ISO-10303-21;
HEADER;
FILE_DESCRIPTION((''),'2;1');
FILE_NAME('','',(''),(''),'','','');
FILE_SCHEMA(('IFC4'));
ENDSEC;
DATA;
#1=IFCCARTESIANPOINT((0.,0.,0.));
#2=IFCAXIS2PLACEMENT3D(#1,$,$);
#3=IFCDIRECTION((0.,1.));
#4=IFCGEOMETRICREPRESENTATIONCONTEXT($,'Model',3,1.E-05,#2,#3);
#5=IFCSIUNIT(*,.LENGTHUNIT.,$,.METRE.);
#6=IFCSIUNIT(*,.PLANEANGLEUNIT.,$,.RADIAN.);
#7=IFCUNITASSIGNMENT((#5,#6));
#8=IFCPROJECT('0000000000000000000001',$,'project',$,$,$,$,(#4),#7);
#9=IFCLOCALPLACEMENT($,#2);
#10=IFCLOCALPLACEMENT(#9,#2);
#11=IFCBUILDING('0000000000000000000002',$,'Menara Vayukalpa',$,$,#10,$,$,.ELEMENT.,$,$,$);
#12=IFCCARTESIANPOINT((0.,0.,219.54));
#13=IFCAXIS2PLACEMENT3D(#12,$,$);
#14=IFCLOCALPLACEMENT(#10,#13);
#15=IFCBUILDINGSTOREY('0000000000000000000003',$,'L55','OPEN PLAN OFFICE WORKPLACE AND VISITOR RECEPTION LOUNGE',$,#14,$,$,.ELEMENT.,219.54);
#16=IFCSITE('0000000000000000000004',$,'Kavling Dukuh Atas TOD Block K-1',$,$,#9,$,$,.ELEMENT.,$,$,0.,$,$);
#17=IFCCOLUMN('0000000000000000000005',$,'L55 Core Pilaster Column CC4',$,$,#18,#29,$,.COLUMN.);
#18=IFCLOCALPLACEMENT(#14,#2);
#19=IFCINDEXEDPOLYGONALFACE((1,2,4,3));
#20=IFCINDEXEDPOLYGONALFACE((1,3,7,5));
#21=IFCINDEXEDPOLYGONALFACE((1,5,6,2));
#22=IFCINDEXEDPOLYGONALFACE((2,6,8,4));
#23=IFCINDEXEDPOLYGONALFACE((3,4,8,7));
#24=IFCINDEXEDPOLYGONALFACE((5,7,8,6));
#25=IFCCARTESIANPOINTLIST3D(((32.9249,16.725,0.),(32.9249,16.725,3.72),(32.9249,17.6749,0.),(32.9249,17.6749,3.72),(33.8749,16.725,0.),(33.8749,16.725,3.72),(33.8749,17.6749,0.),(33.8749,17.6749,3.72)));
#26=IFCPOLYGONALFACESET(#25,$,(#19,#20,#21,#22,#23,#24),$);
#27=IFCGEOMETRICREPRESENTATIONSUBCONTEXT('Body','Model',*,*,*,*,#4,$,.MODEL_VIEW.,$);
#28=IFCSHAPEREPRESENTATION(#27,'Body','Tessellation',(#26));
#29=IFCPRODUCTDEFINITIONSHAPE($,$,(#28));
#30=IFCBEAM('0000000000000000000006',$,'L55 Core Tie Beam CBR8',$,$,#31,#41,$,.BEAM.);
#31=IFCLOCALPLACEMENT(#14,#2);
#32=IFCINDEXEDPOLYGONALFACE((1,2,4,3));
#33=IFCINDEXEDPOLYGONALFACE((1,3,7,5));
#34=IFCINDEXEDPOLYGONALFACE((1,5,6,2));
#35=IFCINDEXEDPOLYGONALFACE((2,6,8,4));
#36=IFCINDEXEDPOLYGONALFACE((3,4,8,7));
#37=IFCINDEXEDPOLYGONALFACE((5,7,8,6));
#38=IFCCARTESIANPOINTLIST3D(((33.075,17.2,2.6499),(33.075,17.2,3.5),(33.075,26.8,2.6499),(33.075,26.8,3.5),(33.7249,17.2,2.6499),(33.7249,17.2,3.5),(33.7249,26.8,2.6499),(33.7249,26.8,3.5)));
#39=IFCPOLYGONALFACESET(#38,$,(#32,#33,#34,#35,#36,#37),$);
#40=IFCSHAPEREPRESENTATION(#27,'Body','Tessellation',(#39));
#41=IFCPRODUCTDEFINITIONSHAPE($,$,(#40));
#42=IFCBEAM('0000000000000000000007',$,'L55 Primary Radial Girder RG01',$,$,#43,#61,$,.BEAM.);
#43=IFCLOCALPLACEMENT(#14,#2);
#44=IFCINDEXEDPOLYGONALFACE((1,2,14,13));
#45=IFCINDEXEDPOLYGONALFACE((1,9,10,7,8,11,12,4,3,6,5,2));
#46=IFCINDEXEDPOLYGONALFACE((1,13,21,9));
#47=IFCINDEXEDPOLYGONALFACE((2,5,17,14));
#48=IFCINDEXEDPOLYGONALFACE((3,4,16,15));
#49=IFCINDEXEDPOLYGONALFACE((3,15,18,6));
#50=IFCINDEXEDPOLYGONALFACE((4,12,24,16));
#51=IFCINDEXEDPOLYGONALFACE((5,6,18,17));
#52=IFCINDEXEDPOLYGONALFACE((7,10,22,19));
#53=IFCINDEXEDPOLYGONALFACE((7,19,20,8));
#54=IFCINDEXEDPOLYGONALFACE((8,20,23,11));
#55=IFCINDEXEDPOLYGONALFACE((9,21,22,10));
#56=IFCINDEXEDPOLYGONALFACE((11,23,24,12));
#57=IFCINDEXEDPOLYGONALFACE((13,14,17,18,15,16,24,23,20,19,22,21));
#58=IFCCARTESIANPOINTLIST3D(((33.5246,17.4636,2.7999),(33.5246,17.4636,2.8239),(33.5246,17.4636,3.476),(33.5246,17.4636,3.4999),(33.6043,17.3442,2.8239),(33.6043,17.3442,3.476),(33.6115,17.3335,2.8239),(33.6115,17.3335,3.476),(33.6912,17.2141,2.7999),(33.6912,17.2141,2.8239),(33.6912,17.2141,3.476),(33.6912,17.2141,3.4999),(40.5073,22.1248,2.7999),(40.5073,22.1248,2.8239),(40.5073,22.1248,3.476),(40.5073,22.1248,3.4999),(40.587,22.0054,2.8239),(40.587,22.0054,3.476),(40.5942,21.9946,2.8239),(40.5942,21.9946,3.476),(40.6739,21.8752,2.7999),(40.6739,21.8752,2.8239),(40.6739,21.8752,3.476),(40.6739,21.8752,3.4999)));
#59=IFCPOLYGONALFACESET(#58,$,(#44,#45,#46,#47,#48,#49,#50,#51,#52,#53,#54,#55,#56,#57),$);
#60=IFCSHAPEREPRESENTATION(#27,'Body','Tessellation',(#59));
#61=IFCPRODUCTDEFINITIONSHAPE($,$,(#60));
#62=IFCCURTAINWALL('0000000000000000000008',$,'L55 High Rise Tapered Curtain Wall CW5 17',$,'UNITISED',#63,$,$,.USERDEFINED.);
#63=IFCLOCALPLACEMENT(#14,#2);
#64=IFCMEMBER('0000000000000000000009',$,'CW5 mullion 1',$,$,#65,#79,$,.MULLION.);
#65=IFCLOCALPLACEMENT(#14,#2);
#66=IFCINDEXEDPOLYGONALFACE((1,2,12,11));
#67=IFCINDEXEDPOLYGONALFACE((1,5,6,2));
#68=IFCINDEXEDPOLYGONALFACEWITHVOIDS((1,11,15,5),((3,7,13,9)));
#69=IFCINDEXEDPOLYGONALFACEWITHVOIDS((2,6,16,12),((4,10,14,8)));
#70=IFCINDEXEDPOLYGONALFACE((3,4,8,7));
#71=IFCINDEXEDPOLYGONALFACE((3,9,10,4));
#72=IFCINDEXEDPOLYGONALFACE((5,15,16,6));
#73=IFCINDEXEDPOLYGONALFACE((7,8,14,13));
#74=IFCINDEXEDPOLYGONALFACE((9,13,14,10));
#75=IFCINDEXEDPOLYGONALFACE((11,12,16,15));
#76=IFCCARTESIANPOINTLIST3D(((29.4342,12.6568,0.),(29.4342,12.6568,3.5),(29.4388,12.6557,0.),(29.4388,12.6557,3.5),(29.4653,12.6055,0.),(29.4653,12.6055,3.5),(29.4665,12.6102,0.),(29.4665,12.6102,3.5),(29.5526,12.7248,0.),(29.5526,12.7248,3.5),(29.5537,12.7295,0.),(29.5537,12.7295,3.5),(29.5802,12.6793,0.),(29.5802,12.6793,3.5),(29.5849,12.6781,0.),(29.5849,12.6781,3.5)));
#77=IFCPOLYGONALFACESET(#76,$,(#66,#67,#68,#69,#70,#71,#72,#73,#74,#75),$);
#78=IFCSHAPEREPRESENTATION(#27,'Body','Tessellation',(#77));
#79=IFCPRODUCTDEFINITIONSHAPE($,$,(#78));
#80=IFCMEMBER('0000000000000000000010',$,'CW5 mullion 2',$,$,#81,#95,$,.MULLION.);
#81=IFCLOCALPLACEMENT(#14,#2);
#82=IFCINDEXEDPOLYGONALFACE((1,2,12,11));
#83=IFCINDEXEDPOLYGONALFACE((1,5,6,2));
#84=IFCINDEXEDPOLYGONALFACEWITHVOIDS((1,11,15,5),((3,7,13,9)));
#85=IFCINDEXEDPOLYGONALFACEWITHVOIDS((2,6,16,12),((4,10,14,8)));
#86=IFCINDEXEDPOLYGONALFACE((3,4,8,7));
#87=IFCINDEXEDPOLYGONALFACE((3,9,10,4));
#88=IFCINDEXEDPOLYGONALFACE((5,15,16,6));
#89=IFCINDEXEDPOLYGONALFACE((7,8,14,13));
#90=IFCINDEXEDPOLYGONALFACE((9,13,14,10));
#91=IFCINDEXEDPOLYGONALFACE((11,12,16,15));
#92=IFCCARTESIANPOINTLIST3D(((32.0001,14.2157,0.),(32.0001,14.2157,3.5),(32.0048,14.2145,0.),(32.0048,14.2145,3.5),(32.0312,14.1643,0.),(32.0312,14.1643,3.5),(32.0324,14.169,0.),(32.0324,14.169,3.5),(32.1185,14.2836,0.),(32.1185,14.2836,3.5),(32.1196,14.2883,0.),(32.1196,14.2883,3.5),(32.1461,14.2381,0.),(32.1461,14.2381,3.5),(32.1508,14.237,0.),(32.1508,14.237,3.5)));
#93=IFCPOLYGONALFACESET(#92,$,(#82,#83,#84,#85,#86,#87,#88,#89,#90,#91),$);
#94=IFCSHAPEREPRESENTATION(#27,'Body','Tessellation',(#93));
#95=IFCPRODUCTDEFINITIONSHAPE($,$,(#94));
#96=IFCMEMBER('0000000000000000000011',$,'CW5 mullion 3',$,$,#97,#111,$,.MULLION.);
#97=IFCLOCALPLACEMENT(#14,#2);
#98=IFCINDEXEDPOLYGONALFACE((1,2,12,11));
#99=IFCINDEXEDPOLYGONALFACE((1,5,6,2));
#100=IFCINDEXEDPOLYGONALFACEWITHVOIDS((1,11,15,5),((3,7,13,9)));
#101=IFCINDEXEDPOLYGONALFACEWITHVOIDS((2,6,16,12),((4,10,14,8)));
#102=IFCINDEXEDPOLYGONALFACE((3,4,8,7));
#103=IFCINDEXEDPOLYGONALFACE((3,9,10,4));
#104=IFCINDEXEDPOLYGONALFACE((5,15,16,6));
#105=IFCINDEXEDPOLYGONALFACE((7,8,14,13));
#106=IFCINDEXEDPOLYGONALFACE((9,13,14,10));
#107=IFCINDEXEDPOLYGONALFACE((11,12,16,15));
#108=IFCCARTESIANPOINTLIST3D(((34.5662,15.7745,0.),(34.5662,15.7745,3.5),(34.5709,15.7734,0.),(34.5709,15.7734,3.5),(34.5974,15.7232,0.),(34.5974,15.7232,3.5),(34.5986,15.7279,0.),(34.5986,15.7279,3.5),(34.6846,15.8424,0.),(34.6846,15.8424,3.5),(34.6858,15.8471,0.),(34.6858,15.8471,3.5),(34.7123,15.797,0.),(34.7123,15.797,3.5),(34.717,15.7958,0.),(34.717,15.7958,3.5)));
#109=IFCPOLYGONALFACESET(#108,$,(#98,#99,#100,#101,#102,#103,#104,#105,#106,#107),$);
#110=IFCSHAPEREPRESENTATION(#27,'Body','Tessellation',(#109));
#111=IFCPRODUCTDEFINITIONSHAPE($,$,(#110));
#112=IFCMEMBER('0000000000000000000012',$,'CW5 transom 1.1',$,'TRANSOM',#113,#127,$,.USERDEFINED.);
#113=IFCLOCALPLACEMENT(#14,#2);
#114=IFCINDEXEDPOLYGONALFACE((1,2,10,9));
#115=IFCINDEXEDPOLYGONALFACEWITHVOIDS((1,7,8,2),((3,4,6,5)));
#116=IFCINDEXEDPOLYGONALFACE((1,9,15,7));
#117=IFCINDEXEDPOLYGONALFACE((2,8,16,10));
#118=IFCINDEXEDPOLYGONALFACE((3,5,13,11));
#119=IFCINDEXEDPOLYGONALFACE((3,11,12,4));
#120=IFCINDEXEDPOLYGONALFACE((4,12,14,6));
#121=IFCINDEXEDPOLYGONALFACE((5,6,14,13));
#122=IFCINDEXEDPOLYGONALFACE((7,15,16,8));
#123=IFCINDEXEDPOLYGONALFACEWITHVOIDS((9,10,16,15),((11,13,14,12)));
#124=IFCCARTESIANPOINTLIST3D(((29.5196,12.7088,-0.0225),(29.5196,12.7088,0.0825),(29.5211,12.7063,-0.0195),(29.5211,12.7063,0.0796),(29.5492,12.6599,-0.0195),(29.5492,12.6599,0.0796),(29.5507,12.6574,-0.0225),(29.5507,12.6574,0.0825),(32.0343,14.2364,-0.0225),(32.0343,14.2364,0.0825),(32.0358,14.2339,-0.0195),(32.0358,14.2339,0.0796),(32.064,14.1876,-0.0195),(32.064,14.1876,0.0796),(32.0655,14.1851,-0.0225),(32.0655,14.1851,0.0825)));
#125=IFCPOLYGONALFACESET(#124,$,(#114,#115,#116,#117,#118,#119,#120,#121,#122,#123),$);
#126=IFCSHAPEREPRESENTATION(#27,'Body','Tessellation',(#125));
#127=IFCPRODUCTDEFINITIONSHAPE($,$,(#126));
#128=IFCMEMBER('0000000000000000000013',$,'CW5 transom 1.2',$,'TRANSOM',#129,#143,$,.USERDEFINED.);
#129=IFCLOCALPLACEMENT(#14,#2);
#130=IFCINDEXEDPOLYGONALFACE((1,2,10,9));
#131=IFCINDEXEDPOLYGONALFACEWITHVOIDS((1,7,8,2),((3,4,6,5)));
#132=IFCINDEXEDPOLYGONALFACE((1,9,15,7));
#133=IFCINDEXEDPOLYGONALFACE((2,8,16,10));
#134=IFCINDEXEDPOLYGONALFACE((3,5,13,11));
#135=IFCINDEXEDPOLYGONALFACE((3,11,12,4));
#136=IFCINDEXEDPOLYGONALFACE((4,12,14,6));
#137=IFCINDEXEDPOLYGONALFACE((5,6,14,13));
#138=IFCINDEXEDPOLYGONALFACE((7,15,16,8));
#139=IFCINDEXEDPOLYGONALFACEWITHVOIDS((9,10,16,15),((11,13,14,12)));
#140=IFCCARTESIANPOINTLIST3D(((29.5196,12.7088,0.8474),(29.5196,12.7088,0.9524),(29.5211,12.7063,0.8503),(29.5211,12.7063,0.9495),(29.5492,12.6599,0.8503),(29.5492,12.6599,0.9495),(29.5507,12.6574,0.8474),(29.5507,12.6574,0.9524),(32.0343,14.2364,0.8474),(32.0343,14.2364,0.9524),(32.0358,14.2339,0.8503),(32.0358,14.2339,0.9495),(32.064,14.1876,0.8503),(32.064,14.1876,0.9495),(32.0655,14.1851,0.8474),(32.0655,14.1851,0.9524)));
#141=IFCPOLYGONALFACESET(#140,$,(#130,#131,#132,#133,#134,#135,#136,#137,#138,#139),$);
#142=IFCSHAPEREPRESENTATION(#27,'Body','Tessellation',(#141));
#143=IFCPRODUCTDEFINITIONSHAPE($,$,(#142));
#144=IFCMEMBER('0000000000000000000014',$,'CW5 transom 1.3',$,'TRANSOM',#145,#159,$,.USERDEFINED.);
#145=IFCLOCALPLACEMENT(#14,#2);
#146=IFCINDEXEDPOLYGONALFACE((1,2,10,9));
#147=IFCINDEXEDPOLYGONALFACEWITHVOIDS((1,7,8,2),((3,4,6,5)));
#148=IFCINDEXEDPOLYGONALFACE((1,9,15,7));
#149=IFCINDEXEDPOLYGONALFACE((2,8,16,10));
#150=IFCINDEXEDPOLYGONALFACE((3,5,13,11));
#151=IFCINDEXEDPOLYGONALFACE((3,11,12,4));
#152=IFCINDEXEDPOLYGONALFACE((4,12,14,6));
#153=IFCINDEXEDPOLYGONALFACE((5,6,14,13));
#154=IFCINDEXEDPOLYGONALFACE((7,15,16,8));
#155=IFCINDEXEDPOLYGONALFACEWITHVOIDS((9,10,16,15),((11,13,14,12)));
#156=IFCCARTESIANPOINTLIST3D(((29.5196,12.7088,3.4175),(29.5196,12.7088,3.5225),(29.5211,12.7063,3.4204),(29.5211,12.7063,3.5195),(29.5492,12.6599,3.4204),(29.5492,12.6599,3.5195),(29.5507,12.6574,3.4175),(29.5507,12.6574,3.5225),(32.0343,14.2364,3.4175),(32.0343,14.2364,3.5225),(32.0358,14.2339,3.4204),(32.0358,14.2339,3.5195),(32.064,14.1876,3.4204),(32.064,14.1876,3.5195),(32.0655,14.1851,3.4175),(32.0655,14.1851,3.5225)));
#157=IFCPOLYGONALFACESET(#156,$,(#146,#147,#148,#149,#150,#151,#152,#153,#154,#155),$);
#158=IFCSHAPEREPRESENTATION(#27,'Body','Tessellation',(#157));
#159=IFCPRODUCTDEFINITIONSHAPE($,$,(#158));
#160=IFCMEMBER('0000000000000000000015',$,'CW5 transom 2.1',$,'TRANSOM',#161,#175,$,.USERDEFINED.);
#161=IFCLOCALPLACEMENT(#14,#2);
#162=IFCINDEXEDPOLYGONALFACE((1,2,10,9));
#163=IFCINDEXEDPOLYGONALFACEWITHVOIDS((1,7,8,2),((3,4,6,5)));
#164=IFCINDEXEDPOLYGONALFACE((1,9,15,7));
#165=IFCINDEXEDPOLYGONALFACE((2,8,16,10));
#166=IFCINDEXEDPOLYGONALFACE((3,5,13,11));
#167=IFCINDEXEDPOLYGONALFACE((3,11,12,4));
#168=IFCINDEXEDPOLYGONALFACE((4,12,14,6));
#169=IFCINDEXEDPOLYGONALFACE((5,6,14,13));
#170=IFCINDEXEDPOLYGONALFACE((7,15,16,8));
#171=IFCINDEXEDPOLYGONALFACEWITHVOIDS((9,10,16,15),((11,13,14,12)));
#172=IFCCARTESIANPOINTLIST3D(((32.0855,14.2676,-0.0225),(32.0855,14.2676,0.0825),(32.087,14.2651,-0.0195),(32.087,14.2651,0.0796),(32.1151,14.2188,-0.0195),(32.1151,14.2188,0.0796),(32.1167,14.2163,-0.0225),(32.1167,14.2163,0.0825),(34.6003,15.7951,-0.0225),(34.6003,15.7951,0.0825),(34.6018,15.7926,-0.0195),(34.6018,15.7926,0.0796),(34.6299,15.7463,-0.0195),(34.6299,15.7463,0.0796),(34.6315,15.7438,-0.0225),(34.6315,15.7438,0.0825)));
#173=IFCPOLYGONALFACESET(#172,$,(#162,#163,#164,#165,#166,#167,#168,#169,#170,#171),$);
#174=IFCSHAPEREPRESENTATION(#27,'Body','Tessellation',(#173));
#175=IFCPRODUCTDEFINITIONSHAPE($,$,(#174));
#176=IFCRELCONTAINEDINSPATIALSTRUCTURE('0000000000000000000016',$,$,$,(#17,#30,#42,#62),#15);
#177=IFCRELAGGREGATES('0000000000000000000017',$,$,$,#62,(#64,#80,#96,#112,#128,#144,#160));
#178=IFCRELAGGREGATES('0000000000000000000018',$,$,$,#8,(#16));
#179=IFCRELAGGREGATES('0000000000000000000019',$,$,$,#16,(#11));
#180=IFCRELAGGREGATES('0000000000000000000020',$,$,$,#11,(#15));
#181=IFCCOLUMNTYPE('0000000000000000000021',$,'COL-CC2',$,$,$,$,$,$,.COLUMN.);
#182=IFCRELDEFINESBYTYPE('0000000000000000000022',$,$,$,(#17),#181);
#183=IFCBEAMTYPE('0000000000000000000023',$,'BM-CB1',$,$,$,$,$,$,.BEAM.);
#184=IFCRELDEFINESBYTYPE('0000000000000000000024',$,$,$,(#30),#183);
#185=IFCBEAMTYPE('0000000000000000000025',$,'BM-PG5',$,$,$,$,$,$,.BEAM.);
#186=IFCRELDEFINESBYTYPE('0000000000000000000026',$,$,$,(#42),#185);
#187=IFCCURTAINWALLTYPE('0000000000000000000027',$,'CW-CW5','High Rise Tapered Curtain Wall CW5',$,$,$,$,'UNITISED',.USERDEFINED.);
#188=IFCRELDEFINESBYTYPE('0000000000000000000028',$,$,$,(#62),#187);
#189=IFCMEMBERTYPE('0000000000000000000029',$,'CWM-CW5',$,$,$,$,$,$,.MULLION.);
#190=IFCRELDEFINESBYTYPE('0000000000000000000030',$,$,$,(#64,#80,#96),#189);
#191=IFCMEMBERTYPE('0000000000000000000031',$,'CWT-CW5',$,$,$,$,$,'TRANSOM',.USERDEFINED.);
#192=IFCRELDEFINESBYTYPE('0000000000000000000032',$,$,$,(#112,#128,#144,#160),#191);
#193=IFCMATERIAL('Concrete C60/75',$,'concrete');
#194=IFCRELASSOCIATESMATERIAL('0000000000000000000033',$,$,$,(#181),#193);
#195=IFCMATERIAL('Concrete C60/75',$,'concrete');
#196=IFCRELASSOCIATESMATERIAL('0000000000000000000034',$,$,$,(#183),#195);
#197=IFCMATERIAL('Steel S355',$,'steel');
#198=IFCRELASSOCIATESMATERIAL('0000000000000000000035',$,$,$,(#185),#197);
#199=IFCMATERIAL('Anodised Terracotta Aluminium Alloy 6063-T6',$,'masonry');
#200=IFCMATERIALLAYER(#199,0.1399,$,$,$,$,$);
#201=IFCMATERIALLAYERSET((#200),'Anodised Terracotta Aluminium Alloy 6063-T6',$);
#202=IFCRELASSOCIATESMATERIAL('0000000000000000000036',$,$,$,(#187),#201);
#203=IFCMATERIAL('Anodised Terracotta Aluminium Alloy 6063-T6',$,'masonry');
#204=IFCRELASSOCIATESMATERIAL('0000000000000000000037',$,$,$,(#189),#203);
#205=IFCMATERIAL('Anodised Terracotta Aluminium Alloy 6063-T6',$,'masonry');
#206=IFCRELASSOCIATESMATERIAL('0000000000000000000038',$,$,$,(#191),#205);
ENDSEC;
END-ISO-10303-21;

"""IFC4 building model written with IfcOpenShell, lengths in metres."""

from ifc_helpers import new_model, si_unit, direction, frame, origin, origin_2d, place, context, subcontext, project, spatial, rectangle, hollow_rectangle, i_section, extrude, material, layer, layer_set, material_profile, profile_set, type_object, element, aggregate, save


model = new_model("IFC4")

# Units and contexts
model_context = context("Model", 3, precision=1e-05, world=origin(), true_north=direction((0.0, 1.0)))
body_context = subcontext(model_context, "Body", "Model", "MODEL_VIEW")
ifc_project = project(units=[si_unit("LENGTHUNIT", "METRE"), si_unit("PLANEANGLEUNIT", "RADIAN")], contexts=[model_context])

# Site, building, storey
site_placement = place(None, origin())
site = spatial("IfcSite", under=ifc_project, at=site_placement, Name="Kavling Dukuh Atas TOD Block K-1", CompositionType="ELEMENT", RefElevation=0.0)
building_placement = place(site_placement, origin())
building = spatial("IfcBuilding", under=site, at=building_placement, Name="Menara Vayukalpa", CompositionType="ELEMENT")
storey_placement = place(building_placement, frame((0.0, 0.0, 219.54)))
storey = spatial("IfcBuildingStorey", under=building, at=storey_placement, Name="L55", Description="OPEN PLAN OFFICE WORKPLACE AND VISITOR RECEPTION LOUNGE", CompositionType="ELEMENT", Elevation=219.54)

# Column
ifc_material_1 = material(Name="Concrete C60/75", Category="concrete")
ifc_material_profile_1 = material_profile(ifc_material_1, rectangle(XDim=0.95, YDim=0.95, at=origin_2d()), Name="RC 950x950")
ifc_profile_set_1 = profile_set([ifc_material_profile_1], Name="Concrete C60/75")
column_type = type_object("IfcColumnType", Name="COL-CC2", PredefinedType="COLUMN", material=ifc_profile_set_1)
column_placement = place(storey_placement, frame((33.3999, 17.2, 0.0), z_axis=(0.0, 0.0, 1.0), x_axis=(1.0, 0.0, 0.0)))
element("IfcColumn", 1, at=column_placement, inside=storey, type_object=column_type, Name="L55 Core Pilaster Column CC4", PredefinedType="COLUMN", context=body_context, shape_type="SweptSolid", body=[
    extrude(rectangle(XDim=0.95, YDim=0.95, at=origin_2d()), origin(), (0.0, 0.0, 1.0), 3.72),
])

# Beams
ifc_material_2 = material(Name="Concrete C60/75", Category="concrete")
ifc_material_profile_2 = material_profile(ifc_material_2, rectangle(XDim=0.6499, YDim=0.8501, at=origin_2d()), Name="RC 650x850")
ifc_profile_set_2 = profile_set([ifc_material_profile_2], Name="Concrete C60/75")
beam_type_1 = type_object("IfcBeamType", Name="BM-CB1", PredefinedType="BEAM", material=ifc_profile_set_2)
beam_1_placement = place(storey_placement, frame((33.3999, 17.2, 3.075), z_axis=(0.0, 1.0, 0.0), x_axis=(-1.0, 0.0, 0.0)))
element("IfcBeam", 2, at=beam_1_placement, inside=storey, type_object=beam_type_1, Name="L55 Core Tie Beam CBR8", PredefinedType="BEAM", context=body_context, shape_type="SweptSolid", body=[
    extrude(rectangle(XDim=0.6499, YDim=0.8501, at=origin_2d()), origin(), (0.0, 0.0, 1.0), 9.6001),
])
ifc_material_3 = material(Name="Steel S355", Category="steel")
ifc_material_profile_3 = material_profile(ifc_material_3, i_section(OverallWidth=0.3, OverallDepth=0.7, WebThickness=0.0129, FlangeThickness=0.0239, at=origin_2d()), Name="WF 700x300x13x24")
ifc_profile_set_3 = profile_set([ifc_material_profile_3], Name="Steel S355")
beam_type_2 = type_object("IfcBeamType", Name="BM-PG5", PredefinedType="BEAM", material=ifc_profile_set_3)
beam_2_placement = place(storey_placement, frame((33.6079, 17.3389, 3.1499), z_axis=(0.831719, 0.555197, 0.0), x_axis=(-0.555197, 0.831719, 0.0)))
element("IfcBeam", 3, at=beam_2_placement, inside=storey, type_object=beam_type_2, Name="L55 Primary Radial Girder RG01", PredefinedType="BEAM", context=body_context, shape_type="SweptSolid", body=[
    extrude(i_section(OverallWidth=0.3, OverallDepth=0.7, WebThickness=0.0129, FlangeThickness=0.0239, at=origin_2d()), origin(), (0.0, 0.0, 1.0), 8.3955),
])

# Curtain wall, members
ifc_material_4 = material(Name="Anodised Terracotta Aluminium Alloy 6063-T6", Category="masonry")
ifc_layer_1 = layer(ifc_material_4, 0.1399)
ifc_layer_set_1 = layer_set([ifc_layer_1], Name="Anodised Terracotta Aluminium Alloy 6063-T6")
curtain_wall_type = type_object("IfcCurtainWallType", Name="CW-CW5", Description="High Rise Tapered Curtain Wall CW5", ElementType="UNITISED", PredefinedType="USERDEFINED", material=ifc_layer_set_1)
curtain_wall_placement = place(storey_placement, origin())
curtain_wall = element("IfcCurtainWall", 4, at=curtain_wall_placement, inside=storey, type_object=curtain_wall_type, Name="L55 High Rise Tapered Curtain Wall CW5 17", ObjectType="UNITISED", PredefinedType="USERDEFINED")
ifc_material_5 = material(Name="Anodised Terracotta Aluminium Alloy 6063-T6", Category="masonry")
ifc_material_profile_4 = material_profile(ifc_material_5, hollow_rectangle(XDim=0.0601, YDim=0.1399, WallThickness=0.0034, at=origin_2d()), Name="ALU 60x140x3.5")
ifc_profile_set_4 = profile_set([ifc_material_profile_4], Name="Anodised Terracotta Aluminium Alloy 6063-T6")
member_type_1 = type_object("IfcMemberType", Name="CWM-CW5", PredefinedType="MULLION", material=ifc_profile_set_4)
member_1_placement = place(storey_placement, frame((29.5095, 12.6675, 0.0), z_axis=(0.0, 0.0, 1.0), x_axis=(-0.51918, 0.854665, 0.0)))
member_1 = element("IfcMember", 5, at=member_1_placement, type_object=member_type_1, Name="CW5 mullion 1", PredefinedType="MULLION", context=body_context, shape_type="SweptSolid", body=[
    extrude(hollow_rectangle(XDim=0.0601, YDim=0.1399, WallThickness=0.0034, at=origin_2d()), origin(), (0.0, 0.0, 1.0), 3.5),
])
member_2_placement = place(storey_placement, frame((32.0754, 14.2263, 0.0), z_axis=(0.0, 0.0, 1.0), x_axis=(-0.51918, 0.854665, 0.0)))
member_2 = element("IfcMember", 6, at=member_2_placement, type_object=member_type_1, Name="CW5 mullion 2", PredefinedType="MULLION", context=body_context, shape_type="SweptSolid", body=[
    extrude(hollow_rectangle(XDim=0.0601, YDim=0.1399, WallThickness=0.0034, at=origin_2d()), origin(), (0.0, 0.0, 1.0), 3.5),
])
member_3_placement = place(storey_placement, frame((34.6416, 15.7852, 0.0), z_axis=(0.0, 0.0, 1.0), x_axis=(-0.51918, 0.854665, 0.0)))
member_3 = element("IfcMember", 7, at=member_3_placement, type_object=member_type_1, Name="CW5 mullion 3", PredefinedType="MULLION", context=body_context, shape_type="SweptSolid", body=[
    extrude(hollow_rectangle(XDim=0.0601, YDim=0.1399, WallThickness=0.0034, at=origin_2d()), origin(), (0.0, 0.0, 1.0), 3.5),
])
ifc_material_6 = material(Name="Anodised Terracotta Aluminium Alloy 6063-T6", Category="masonry")
ifc_material_profile_5 = material_profile(ifc_material_6, hollow_rectangle(XDim=0.0601, YDim=0.105, WallThickness=0.0029, at=origin_2d()), Name="ALU 60x105x3")
ifc_profile_set_5 = profile_set([ifc_material_profile_5], Name="Anodised Terracotta Aluminium Alloy 6063-T6")
member_type_2 = type_object("IfcMemberType", Name="CWT-CW5", ElementType="TRANSOM", PredefinedType="USERDEFINED", material=ifc_profile_set_5)
member_4_placement = place(storey_placement, frame((29.5352, 12.6831, 0.03), z_axis=(0.854661, 0.519186, 0.0), x_axis=(-0.519186, 0.854661, 0.0)))
member_4 = element("IfcMember", 8, at=member_4_placement, type_object=member_type_2, Name="CW5 transom 1.1", ObjectType="TRANSOM", PredefinedType="USERDEFINED", context=body_context, shape_type="SweptSolid", body=[
    extrude(hollow_rectangle(XDim=0.0601, YDim=0.105, WallThickness=0.0029, at=origin_2d()), origin(), (0.0, 0.0, 1.0), 2.9424),
])
member_5_placement = place(storey_placement, frame((29.5352, 12.6831, 0.8999), z_axis=(0.854661, 0.519186, 0.0), x_axis=(-0.519186, 0.854661, 0.0)))
member_5 = element("IfcMember", 9, at=member_5_placement, type_object=member_type_2, Name="CW5 transom 1.2", ObjectType="TRANSOM", PredefinedType="USERDEFINED", context=body_context, shape_type="SweptSolid", body=[
    extrude(hollow_rectangle(XDim=0.0601, YDim=0.105, WallThickness=0.0029, at=origin_2d()), origin(), (0.0, 0.0, 1.0), 2.9424),
])
member_6_placement = place(storey_placement, frame((29.5352, 12.6831, 3.47), z_axis=(0.854661, 0.519186, 0.0), x_axis=(-0.519186, 0.854661, 0.0)))
member_6 = element("IfcMember", 10, at=member_6_placement, type_object=member_type_2, Name="CW5 transom 1.3", ObjectType="TRANSOM", PredefinedType="USERDEFINED", context=body_context, shape_type="SweptSolid", body=[
    extrude(hollow_rectangle(XDim=0.0601, YDim=0.105, WallThickness=0.0029, at=origin_2d()), origin(), (0.0, 0.0, 1.0), 2.9424),
])
member_7_placement = place(storey_placement, frame((32.1011, 14.2419, 0.03), z_axis=(0.854684, 0.519149, 0.0), x_axis=(-0.519149, 0.854684, 0.0)))
member_7 = element("IfcMember", 11, at=member_7_placement, type_object=member_type_2, Name="CW5 transom 2.1", ObjectType="TRANSOM", PredefinedType="USERDEFINED", context=body_context, shape_type="SweptSolid", body=[
    extrude(hollow_rectangle(XDim=0.0601, YDim=0.105, WallThickness=0.0029, at=origin_2d()), origin(), (0.0, 0.0, 1.0), 2.9424),
])
aggregate(curtain_wall, [member_1, member_2, member_3, member_4, member_5, member_6, member_7])

save(model, "model.ifc")
